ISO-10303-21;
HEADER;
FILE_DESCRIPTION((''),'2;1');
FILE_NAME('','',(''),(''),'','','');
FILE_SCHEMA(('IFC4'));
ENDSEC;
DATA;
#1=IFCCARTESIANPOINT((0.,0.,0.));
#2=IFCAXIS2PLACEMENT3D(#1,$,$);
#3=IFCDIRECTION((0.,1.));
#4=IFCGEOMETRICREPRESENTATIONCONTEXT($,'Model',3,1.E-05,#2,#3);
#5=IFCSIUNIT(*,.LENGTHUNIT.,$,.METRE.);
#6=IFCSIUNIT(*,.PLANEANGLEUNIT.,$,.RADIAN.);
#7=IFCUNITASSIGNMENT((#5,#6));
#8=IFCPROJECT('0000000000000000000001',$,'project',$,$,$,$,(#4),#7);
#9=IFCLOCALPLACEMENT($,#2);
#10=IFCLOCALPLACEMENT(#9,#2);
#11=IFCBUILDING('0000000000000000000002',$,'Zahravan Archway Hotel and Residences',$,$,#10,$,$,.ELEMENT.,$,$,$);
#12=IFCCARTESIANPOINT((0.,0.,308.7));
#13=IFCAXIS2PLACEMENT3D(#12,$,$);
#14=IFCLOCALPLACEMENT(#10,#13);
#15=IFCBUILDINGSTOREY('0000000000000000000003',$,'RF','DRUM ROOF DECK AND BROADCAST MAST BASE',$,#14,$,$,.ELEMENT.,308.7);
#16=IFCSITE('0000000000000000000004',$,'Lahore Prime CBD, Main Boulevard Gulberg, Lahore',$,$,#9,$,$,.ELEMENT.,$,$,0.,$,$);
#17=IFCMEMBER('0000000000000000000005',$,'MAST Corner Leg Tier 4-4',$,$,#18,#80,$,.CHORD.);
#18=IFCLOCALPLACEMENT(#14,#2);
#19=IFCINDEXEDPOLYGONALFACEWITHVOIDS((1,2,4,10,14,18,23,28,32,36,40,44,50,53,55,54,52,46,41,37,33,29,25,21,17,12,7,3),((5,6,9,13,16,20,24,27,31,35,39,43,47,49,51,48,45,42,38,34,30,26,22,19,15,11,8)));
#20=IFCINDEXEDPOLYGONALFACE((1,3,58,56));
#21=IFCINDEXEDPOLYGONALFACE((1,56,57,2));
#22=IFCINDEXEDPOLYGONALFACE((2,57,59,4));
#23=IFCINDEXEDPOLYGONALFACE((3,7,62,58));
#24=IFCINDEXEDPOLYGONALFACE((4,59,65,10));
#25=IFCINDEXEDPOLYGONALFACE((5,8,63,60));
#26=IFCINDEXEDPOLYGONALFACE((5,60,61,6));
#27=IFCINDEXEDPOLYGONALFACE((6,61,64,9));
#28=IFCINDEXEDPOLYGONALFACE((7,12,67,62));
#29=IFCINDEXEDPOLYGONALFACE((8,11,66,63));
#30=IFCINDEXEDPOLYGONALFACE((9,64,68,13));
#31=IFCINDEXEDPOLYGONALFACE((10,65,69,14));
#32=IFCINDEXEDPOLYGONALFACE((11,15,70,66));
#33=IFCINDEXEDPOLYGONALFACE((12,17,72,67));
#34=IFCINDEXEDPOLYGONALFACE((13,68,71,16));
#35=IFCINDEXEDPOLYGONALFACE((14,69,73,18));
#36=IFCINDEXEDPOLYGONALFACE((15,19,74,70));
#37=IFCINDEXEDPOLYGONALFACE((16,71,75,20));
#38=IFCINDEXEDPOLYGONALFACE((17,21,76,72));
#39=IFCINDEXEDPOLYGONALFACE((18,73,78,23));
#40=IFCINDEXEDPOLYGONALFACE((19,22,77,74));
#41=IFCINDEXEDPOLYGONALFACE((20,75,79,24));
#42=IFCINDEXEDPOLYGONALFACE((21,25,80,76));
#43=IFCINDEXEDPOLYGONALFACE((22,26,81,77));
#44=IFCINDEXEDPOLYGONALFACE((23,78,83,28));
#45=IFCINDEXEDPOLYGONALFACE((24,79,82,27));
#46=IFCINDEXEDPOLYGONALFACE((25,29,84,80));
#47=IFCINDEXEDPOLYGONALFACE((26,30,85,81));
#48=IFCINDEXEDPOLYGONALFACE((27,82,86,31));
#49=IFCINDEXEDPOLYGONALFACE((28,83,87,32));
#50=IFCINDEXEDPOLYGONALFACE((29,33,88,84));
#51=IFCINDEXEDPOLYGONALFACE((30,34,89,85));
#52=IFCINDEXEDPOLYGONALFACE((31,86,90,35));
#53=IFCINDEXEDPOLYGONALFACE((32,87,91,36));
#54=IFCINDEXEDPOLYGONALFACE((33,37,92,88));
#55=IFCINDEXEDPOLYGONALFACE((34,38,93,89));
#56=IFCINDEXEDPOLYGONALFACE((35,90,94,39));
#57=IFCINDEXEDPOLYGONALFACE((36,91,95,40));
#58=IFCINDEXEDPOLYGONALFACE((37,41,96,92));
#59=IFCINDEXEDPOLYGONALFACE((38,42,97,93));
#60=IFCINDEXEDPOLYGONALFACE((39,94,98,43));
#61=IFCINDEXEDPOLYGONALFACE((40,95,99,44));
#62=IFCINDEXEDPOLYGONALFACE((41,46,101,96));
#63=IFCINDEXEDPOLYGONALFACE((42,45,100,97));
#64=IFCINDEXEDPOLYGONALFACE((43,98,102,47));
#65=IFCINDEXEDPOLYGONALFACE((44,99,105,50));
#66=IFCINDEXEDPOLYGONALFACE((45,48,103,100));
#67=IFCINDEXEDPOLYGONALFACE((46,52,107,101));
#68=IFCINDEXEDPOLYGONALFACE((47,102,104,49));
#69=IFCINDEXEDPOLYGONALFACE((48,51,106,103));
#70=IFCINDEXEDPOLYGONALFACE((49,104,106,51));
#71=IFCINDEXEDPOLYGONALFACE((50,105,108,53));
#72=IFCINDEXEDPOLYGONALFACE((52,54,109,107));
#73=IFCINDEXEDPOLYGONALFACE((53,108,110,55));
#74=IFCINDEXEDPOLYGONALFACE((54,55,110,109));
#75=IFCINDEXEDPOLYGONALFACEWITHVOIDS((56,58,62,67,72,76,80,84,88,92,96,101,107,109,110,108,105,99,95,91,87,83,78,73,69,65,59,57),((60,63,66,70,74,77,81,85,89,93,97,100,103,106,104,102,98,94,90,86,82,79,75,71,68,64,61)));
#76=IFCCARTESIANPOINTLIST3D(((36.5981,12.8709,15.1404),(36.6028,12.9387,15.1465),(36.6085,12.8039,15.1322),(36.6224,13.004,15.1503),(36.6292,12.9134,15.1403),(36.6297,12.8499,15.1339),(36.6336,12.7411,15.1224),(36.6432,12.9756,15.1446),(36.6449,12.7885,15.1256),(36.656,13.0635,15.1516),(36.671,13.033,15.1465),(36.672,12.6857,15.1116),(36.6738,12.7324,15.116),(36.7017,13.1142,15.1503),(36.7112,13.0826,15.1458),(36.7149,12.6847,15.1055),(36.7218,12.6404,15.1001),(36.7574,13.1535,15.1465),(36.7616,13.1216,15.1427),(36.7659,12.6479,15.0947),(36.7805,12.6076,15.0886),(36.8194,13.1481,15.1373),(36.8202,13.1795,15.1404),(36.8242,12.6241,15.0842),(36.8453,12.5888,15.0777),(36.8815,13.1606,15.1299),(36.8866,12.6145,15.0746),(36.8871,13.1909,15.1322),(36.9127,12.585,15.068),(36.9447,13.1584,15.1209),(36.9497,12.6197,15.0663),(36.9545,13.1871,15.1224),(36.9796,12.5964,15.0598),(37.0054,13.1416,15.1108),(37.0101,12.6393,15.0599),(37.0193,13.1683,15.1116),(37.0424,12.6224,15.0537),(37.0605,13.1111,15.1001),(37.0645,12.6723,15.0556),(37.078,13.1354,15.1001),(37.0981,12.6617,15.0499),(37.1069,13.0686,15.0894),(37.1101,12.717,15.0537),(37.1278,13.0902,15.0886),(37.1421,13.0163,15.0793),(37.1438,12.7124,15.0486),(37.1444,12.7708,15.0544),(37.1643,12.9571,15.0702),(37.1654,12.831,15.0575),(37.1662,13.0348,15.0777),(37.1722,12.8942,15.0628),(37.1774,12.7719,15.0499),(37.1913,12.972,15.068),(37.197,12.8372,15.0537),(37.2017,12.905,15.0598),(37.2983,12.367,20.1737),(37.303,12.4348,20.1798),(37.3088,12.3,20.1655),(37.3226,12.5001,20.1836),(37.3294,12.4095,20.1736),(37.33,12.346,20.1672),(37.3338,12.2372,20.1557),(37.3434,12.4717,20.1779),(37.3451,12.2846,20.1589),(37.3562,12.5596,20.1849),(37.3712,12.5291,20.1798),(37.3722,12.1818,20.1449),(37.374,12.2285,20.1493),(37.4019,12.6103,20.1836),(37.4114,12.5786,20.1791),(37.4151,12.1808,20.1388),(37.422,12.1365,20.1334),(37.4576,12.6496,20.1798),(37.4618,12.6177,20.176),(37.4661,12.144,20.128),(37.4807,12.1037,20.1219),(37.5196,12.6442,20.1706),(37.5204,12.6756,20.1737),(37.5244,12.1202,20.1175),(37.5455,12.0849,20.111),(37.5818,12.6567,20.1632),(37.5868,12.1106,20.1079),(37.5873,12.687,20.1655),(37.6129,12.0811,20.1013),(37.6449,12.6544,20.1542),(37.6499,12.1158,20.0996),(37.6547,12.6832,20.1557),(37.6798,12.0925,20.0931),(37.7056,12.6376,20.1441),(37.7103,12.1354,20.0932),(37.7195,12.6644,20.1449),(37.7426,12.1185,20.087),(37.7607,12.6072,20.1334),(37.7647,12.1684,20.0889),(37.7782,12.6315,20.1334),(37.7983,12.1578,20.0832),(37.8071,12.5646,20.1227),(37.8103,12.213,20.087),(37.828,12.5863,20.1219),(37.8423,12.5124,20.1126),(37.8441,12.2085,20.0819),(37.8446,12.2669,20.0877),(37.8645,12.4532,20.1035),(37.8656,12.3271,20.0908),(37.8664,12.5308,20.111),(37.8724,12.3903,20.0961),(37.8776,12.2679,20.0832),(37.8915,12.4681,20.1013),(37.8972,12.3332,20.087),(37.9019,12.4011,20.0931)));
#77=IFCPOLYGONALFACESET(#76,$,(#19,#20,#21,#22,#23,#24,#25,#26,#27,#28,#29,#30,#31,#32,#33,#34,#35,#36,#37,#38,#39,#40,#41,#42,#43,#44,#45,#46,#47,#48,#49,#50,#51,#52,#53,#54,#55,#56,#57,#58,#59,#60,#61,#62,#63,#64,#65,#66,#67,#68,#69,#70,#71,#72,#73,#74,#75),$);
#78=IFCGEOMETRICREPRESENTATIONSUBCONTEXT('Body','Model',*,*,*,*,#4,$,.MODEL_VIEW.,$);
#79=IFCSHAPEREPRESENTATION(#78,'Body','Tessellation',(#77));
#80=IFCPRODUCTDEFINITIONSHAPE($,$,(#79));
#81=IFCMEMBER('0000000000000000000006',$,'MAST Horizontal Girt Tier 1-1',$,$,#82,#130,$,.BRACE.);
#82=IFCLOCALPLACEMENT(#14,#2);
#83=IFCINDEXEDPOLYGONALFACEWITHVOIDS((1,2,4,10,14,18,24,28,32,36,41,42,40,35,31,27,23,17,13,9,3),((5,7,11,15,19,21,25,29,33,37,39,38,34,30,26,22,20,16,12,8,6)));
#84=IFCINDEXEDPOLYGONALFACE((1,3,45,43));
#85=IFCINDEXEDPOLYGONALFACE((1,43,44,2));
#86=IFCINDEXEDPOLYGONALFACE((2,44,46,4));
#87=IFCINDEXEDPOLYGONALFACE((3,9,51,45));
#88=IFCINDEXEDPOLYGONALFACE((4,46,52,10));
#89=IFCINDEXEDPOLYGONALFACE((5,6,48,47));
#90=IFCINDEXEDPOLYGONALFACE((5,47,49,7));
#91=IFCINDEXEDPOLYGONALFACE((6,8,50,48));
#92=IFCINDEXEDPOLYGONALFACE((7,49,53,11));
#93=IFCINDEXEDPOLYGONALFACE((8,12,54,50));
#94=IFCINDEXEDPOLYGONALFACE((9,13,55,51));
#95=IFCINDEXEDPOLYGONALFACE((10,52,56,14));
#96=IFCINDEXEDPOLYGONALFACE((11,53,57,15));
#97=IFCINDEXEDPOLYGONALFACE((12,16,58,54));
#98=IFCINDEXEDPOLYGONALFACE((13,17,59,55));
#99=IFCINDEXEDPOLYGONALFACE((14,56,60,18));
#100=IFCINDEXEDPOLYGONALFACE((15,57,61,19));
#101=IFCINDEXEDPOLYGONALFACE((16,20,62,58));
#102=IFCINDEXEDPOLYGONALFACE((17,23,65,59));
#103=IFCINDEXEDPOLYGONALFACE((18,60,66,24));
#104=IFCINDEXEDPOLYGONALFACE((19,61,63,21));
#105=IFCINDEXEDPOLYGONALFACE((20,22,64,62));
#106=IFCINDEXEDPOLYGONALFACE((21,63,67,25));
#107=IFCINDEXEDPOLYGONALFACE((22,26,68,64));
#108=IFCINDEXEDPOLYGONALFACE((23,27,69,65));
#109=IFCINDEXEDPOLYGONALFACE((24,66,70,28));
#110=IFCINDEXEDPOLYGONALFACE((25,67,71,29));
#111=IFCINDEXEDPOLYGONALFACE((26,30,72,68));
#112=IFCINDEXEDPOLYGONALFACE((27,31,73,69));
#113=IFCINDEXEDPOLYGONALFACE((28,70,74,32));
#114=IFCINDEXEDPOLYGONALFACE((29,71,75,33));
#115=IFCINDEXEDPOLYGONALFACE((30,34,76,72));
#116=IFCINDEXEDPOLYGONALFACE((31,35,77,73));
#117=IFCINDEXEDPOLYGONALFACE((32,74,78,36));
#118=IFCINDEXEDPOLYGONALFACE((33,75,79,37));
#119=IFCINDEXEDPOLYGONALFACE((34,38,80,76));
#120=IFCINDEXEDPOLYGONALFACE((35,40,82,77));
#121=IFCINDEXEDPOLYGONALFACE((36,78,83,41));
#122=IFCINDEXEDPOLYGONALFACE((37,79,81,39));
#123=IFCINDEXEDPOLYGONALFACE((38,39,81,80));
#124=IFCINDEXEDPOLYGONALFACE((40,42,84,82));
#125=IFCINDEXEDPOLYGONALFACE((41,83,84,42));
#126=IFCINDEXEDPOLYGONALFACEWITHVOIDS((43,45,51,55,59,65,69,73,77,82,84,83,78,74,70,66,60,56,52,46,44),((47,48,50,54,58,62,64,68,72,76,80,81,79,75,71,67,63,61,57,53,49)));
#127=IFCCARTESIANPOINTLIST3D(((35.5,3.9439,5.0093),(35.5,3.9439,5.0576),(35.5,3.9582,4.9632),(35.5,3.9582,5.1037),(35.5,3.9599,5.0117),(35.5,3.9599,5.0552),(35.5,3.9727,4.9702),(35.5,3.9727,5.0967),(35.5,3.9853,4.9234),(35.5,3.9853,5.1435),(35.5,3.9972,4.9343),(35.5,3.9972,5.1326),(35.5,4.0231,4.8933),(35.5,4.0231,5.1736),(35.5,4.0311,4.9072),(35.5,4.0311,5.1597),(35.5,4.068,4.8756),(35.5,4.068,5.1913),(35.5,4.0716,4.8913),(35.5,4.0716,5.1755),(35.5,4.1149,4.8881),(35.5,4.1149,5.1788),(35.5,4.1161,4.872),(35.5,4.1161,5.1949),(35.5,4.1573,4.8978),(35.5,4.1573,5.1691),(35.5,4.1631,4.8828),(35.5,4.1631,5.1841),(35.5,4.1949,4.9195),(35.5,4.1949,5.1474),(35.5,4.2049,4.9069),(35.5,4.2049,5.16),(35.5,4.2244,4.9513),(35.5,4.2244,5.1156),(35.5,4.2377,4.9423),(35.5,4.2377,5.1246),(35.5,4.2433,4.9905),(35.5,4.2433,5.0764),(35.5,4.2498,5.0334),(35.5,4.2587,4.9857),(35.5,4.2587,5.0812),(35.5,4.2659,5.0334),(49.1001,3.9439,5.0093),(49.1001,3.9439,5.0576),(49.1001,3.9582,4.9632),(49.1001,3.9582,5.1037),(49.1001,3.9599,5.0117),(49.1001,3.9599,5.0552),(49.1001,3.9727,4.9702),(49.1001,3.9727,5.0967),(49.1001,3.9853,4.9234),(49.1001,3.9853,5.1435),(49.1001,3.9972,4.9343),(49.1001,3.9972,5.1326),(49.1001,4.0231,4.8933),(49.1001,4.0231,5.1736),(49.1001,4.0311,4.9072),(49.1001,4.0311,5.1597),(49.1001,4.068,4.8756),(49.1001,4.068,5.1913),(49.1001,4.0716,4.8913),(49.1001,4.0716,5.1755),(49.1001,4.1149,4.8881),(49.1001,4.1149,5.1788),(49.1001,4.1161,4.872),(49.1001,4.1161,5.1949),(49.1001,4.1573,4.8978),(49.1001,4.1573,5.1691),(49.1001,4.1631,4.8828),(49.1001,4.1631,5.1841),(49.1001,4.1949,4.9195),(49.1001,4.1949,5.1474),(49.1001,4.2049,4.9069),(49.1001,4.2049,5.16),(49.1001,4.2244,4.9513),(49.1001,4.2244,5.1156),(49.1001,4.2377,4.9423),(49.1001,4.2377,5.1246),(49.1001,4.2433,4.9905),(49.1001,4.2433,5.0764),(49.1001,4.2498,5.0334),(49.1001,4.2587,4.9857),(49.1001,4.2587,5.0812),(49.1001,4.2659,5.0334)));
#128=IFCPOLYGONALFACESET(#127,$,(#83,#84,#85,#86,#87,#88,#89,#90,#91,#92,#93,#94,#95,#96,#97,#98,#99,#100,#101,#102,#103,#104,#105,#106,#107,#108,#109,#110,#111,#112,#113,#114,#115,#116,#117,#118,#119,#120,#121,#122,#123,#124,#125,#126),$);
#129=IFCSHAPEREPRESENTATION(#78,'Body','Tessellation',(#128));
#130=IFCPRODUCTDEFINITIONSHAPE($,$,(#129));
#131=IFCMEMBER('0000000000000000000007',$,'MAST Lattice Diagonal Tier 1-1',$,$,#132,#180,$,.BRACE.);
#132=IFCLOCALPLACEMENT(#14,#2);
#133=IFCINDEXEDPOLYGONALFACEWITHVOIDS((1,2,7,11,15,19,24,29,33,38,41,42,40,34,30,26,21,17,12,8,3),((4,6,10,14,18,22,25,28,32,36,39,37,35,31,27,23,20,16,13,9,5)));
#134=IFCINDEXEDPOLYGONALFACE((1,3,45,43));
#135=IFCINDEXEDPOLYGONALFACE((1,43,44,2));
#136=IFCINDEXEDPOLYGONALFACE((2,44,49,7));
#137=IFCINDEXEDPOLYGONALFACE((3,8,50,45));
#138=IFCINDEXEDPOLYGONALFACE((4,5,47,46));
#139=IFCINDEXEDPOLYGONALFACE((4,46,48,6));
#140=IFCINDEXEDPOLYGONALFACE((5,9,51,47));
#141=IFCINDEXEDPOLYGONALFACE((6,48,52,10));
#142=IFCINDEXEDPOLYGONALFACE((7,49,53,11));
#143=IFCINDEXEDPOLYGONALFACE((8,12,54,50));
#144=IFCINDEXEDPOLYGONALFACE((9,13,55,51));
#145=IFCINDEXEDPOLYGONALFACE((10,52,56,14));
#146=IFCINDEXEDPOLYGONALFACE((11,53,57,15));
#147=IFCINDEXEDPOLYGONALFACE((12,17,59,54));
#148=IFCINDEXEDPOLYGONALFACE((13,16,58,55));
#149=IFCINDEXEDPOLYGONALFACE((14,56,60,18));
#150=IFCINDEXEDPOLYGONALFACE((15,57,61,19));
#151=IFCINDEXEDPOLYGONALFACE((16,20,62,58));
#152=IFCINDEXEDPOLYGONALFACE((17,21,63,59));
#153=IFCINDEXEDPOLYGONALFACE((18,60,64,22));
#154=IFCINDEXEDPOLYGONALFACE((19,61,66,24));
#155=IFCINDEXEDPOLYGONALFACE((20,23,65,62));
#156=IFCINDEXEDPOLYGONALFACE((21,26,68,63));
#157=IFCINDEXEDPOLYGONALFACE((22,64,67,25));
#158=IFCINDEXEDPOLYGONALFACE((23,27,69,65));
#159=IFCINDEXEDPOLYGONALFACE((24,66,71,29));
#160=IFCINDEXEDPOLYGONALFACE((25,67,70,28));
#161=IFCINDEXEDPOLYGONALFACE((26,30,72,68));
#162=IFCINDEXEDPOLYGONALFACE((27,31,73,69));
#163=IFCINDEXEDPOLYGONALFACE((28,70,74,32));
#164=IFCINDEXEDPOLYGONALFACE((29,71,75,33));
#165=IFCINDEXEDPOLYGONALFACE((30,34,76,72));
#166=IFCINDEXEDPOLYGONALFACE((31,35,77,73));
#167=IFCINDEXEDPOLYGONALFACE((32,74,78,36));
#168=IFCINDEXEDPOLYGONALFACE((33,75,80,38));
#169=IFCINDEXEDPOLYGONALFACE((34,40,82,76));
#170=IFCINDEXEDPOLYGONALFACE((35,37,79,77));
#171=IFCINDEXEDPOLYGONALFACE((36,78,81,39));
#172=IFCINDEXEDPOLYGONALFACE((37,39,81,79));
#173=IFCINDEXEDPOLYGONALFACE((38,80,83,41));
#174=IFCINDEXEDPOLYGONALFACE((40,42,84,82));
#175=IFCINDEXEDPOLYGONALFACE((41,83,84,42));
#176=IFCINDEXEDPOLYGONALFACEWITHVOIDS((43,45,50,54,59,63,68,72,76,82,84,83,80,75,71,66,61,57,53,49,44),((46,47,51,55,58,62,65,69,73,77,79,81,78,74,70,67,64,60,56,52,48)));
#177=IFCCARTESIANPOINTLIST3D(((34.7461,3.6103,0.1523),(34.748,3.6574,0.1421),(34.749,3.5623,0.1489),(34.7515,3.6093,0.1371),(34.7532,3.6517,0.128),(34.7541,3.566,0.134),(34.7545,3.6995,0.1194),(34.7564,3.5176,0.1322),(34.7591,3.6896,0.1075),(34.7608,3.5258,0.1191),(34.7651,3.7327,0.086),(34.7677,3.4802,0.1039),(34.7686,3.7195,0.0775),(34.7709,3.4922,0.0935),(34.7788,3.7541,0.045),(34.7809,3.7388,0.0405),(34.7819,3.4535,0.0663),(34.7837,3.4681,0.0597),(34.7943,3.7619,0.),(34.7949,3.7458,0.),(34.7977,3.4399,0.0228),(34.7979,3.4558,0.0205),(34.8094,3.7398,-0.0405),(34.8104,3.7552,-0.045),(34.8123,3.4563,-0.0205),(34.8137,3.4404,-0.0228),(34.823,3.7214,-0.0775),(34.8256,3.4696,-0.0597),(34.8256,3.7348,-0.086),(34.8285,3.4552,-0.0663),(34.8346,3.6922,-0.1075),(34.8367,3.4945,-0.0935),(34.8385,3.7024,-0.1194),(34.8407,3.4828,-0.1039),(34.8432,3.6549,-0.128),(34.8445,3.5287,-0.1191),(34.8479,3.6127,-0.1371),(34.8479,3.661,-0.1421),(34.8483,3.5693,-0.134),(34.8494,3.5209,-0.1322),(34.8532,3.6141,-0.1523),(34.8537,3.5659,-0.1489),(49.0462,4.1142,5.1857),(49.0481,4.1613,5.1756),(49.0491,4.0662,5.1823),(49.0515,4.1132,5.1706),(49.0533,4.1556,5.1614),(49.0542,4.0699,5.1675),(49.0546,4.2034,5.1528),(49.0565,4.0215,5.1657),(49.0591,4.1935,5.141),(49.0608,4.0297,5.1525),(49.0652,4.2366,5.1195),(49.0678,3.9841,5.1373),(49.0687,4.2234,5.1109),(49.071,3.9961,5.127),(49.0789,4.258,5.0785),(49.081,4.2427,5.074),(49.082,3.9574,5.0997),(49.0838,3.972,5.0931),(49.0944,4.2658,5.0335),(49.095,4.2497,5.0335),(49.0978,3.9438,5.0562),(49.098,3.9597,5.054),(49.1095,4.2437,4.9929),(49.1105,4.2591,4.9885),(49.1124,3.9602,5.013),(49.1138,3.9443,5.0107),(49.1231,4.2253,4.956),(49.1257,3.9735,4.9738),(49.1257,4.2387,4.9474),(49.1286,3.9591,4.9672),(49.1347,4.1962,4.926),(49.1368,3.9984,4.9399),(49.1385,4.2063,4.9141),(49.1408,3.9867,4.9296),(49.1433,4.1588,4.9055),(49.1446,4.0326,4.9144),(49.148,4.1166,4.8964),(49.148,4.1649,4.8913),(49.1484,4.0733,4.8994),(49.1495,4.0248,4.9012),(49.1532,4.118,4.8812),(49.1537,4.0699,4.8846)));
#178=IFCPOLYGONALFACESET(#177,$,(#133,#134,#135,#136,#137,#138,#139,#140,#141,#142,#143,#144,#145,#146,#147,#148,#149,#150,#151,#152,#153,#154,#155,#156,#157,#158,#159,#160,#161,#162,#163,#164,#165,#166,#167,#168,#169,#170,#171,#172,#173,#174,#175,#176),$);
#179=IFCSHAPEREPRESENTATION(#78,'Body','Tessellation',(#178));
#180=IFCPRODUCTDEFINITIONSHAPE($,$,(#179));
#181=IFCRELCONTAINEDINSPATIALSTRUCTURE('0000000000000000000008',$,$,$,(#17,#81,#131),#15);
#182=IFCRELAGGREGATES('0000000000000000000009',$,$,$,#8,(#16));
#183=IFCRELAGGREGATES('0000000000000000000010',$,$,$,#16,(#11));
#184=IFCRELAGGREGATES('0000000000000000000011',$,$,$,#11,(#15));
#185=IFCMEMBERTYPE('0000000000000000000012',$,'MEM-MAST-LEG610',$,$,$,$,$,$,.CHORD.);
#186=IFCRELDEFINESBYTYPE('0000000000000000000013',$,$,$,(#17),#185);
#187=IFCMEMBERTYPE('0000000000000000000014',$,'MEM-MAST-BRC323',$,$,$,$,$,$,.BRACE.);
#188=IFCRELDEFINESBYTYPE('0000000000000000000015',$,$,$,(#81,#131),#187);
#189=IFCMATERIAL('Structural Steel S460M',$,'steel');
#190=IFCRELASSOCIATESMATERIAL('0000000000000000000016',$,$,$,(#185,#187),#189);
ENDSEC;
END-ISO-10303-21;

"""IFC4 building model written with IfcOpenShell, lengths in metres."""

from ifc_helpers import new_model, si_unit, direction, frame, origin, origin_2d, place, context, subcontext, project, spatial, hollow_circle, extrude, source, transform, mapped, material, material_profile, profile_set, type_object, type_shapes, element, save


model = new_model("IFC4")

# Units and contexts
model_context = context("Model", 3, precision=1e-05, world=origin(), true_north=direction((0.0, 1.0)))
body_context = subcontext(model_context, "Body", "Model", "MODEL_VIEW")
ifc_project = project(units=[si_unit("LENGTHUNIT", "METRE"), si_unit("PLANEANGLEUNIT", "RADIAN")], contexts=[model_context])

# Site, building, storey
site_placement = place(None, origin())
site = spatial("IfcSite", under=ifc_project, at=site_placement, Name="Lahore Prime CBD, Main Boulevard Gulberg, Lahore", CompositionType="ELEMENT", RefElevation=0.0)
building_placement = place(site_placement, origin())
building = spatial("IfcBuilding", under=site, at=building_placement, Name="Zahravan Archway Hotel and Residences", CompositionType="ELEMENT")
storey_placement = place(building_placement, frame((0.0, 0.0, 308.7)))
storey = spatial("IfcBuildingStorey", under=building, at=storey_placement, Name="RF", Description="DRUM ROOF DECK AND BROADCAST MAST BASE", CompositionType="ELEMENT", Elevation=308.7)

# Members
ifc_material_1 = material(Name="Structural Steel S460M", Category="steel")
ifc_material_profile_1 = material_profile(ifc_material_1, hollow_circle(Radius=0.3049, WallThickness=0.03, at=origin_2d()), Name="CHS 610x30", Category="steel")
ifc_profile_set_1 = profile_set([ifc_material_profile_1], Name="Structural Steel S460M")
member_type_1 = type_object("IfcMemberType", Name="MEM-MAST-LEG610", PredefinedType="CHORD", material=ifc_profile_set_1)
shared_shape_1 = source(origin(), body_context, "Body", "SweptSolid", [
    extrude(hollow_circle(Radius=0.3049, WallThickness=0.03, at=origin_2d()), origin(), (0.0, 0.0, 1.0), 5.1067),
])
type_shapes(member_type_1, [shared_shape_1])
for number, where, z_axis, x_axis, name in (
    (1, (36.8999, 12.8879, 15.1001), (0.137116, -0.098678, 0.985628), (0.584126, 0.811663, 0.0), "MAST Corner Leg Tier 4-4"),
):
    element("IfcMember", number, at=place(storey_placement, frame(where, z_axis=z_axis, x_axis=x_axis)), inside=storey, type_object=member_type_1, Name=name, PredefinedType="CHORD", context=body_context, shape_type="MappedRepresentation", body=[
        mapped(shared_shape_1, transform((0.0, 0.0, 0.0), scale=1.0)),
    ])
ifc_material_profile_2 = material_profile(ifc_material_1, hollow_circle(Radius=0.1619, WallThickness=0.0161, at=origin_2d()), Name="CHS 323.9x16", Category="steel")
ifc_profile_set_2 = profile_set([ifc_material_profile_2], Name="Structural Steel S460M")
member_type_2 = type_object("IfcMemberType", Name="MEM-MAST-BRC323", PredefinedType="BRACE", material=ifc_profile_set_2)
shared_shape_2 = source(origin(), body_context, "Body", "SweptSolid", [
    extrude(hollow_circle(Radius=0.1619, WallThickness=0.0161, at=origin_2d()), origin(), (0.0, 0.0, 1.0), 13.6001),
])
type_shapes(member_type_2, [shared_shape_2])
member_1_placement = place(storey_placement, frame((35.5, 4.104, 5.0334), z_axis=(1.0, 0.0, 0.0), x_axis=(0.0, 1.0, 0.0)))
element("IfcMember", 2, at=member_1_placement, inside=storey, type_object=member_type_2, Name="MAST Horizontal Girt Tier 1-1", PredefinedType="BRACE", context=body_context, shape_type="MappedRepresentation", body=[
    mapped(shared_shape_2, transform((0.0, 0.0, 0.0), scale=1.0)),
])
shared_shape_3 = source(origin(), body_context, "Body", "SweptSolid", [
    extrude(hollow_circle(Radius=0.1619, WallThickness=0.0161, at=origin_2d()), origin(), (0.0, 0.0, 1.0), 15.1685),
])
member_2_placement = place(storey_placement, frame((34.8, 3.6001, 0.0), z_axis=(0.942751, 0.033221, 0.331837), x_axis=(-0.035216, 0.99938, 0.0)))
element("IfcMember", 3, at=member_2_placement, inside=storey, type_object=member_type_2, Name="MAST Lattice Diagonal Tier 1-1", PredefinedType="BRACE", context=body_context, shape_type="MappedRepresentation", body=[
    mapped(shared_shape_3, transform((0.0, 0.0, 0.0), scale=1.0)),
])

save(model, "model.ifc")
